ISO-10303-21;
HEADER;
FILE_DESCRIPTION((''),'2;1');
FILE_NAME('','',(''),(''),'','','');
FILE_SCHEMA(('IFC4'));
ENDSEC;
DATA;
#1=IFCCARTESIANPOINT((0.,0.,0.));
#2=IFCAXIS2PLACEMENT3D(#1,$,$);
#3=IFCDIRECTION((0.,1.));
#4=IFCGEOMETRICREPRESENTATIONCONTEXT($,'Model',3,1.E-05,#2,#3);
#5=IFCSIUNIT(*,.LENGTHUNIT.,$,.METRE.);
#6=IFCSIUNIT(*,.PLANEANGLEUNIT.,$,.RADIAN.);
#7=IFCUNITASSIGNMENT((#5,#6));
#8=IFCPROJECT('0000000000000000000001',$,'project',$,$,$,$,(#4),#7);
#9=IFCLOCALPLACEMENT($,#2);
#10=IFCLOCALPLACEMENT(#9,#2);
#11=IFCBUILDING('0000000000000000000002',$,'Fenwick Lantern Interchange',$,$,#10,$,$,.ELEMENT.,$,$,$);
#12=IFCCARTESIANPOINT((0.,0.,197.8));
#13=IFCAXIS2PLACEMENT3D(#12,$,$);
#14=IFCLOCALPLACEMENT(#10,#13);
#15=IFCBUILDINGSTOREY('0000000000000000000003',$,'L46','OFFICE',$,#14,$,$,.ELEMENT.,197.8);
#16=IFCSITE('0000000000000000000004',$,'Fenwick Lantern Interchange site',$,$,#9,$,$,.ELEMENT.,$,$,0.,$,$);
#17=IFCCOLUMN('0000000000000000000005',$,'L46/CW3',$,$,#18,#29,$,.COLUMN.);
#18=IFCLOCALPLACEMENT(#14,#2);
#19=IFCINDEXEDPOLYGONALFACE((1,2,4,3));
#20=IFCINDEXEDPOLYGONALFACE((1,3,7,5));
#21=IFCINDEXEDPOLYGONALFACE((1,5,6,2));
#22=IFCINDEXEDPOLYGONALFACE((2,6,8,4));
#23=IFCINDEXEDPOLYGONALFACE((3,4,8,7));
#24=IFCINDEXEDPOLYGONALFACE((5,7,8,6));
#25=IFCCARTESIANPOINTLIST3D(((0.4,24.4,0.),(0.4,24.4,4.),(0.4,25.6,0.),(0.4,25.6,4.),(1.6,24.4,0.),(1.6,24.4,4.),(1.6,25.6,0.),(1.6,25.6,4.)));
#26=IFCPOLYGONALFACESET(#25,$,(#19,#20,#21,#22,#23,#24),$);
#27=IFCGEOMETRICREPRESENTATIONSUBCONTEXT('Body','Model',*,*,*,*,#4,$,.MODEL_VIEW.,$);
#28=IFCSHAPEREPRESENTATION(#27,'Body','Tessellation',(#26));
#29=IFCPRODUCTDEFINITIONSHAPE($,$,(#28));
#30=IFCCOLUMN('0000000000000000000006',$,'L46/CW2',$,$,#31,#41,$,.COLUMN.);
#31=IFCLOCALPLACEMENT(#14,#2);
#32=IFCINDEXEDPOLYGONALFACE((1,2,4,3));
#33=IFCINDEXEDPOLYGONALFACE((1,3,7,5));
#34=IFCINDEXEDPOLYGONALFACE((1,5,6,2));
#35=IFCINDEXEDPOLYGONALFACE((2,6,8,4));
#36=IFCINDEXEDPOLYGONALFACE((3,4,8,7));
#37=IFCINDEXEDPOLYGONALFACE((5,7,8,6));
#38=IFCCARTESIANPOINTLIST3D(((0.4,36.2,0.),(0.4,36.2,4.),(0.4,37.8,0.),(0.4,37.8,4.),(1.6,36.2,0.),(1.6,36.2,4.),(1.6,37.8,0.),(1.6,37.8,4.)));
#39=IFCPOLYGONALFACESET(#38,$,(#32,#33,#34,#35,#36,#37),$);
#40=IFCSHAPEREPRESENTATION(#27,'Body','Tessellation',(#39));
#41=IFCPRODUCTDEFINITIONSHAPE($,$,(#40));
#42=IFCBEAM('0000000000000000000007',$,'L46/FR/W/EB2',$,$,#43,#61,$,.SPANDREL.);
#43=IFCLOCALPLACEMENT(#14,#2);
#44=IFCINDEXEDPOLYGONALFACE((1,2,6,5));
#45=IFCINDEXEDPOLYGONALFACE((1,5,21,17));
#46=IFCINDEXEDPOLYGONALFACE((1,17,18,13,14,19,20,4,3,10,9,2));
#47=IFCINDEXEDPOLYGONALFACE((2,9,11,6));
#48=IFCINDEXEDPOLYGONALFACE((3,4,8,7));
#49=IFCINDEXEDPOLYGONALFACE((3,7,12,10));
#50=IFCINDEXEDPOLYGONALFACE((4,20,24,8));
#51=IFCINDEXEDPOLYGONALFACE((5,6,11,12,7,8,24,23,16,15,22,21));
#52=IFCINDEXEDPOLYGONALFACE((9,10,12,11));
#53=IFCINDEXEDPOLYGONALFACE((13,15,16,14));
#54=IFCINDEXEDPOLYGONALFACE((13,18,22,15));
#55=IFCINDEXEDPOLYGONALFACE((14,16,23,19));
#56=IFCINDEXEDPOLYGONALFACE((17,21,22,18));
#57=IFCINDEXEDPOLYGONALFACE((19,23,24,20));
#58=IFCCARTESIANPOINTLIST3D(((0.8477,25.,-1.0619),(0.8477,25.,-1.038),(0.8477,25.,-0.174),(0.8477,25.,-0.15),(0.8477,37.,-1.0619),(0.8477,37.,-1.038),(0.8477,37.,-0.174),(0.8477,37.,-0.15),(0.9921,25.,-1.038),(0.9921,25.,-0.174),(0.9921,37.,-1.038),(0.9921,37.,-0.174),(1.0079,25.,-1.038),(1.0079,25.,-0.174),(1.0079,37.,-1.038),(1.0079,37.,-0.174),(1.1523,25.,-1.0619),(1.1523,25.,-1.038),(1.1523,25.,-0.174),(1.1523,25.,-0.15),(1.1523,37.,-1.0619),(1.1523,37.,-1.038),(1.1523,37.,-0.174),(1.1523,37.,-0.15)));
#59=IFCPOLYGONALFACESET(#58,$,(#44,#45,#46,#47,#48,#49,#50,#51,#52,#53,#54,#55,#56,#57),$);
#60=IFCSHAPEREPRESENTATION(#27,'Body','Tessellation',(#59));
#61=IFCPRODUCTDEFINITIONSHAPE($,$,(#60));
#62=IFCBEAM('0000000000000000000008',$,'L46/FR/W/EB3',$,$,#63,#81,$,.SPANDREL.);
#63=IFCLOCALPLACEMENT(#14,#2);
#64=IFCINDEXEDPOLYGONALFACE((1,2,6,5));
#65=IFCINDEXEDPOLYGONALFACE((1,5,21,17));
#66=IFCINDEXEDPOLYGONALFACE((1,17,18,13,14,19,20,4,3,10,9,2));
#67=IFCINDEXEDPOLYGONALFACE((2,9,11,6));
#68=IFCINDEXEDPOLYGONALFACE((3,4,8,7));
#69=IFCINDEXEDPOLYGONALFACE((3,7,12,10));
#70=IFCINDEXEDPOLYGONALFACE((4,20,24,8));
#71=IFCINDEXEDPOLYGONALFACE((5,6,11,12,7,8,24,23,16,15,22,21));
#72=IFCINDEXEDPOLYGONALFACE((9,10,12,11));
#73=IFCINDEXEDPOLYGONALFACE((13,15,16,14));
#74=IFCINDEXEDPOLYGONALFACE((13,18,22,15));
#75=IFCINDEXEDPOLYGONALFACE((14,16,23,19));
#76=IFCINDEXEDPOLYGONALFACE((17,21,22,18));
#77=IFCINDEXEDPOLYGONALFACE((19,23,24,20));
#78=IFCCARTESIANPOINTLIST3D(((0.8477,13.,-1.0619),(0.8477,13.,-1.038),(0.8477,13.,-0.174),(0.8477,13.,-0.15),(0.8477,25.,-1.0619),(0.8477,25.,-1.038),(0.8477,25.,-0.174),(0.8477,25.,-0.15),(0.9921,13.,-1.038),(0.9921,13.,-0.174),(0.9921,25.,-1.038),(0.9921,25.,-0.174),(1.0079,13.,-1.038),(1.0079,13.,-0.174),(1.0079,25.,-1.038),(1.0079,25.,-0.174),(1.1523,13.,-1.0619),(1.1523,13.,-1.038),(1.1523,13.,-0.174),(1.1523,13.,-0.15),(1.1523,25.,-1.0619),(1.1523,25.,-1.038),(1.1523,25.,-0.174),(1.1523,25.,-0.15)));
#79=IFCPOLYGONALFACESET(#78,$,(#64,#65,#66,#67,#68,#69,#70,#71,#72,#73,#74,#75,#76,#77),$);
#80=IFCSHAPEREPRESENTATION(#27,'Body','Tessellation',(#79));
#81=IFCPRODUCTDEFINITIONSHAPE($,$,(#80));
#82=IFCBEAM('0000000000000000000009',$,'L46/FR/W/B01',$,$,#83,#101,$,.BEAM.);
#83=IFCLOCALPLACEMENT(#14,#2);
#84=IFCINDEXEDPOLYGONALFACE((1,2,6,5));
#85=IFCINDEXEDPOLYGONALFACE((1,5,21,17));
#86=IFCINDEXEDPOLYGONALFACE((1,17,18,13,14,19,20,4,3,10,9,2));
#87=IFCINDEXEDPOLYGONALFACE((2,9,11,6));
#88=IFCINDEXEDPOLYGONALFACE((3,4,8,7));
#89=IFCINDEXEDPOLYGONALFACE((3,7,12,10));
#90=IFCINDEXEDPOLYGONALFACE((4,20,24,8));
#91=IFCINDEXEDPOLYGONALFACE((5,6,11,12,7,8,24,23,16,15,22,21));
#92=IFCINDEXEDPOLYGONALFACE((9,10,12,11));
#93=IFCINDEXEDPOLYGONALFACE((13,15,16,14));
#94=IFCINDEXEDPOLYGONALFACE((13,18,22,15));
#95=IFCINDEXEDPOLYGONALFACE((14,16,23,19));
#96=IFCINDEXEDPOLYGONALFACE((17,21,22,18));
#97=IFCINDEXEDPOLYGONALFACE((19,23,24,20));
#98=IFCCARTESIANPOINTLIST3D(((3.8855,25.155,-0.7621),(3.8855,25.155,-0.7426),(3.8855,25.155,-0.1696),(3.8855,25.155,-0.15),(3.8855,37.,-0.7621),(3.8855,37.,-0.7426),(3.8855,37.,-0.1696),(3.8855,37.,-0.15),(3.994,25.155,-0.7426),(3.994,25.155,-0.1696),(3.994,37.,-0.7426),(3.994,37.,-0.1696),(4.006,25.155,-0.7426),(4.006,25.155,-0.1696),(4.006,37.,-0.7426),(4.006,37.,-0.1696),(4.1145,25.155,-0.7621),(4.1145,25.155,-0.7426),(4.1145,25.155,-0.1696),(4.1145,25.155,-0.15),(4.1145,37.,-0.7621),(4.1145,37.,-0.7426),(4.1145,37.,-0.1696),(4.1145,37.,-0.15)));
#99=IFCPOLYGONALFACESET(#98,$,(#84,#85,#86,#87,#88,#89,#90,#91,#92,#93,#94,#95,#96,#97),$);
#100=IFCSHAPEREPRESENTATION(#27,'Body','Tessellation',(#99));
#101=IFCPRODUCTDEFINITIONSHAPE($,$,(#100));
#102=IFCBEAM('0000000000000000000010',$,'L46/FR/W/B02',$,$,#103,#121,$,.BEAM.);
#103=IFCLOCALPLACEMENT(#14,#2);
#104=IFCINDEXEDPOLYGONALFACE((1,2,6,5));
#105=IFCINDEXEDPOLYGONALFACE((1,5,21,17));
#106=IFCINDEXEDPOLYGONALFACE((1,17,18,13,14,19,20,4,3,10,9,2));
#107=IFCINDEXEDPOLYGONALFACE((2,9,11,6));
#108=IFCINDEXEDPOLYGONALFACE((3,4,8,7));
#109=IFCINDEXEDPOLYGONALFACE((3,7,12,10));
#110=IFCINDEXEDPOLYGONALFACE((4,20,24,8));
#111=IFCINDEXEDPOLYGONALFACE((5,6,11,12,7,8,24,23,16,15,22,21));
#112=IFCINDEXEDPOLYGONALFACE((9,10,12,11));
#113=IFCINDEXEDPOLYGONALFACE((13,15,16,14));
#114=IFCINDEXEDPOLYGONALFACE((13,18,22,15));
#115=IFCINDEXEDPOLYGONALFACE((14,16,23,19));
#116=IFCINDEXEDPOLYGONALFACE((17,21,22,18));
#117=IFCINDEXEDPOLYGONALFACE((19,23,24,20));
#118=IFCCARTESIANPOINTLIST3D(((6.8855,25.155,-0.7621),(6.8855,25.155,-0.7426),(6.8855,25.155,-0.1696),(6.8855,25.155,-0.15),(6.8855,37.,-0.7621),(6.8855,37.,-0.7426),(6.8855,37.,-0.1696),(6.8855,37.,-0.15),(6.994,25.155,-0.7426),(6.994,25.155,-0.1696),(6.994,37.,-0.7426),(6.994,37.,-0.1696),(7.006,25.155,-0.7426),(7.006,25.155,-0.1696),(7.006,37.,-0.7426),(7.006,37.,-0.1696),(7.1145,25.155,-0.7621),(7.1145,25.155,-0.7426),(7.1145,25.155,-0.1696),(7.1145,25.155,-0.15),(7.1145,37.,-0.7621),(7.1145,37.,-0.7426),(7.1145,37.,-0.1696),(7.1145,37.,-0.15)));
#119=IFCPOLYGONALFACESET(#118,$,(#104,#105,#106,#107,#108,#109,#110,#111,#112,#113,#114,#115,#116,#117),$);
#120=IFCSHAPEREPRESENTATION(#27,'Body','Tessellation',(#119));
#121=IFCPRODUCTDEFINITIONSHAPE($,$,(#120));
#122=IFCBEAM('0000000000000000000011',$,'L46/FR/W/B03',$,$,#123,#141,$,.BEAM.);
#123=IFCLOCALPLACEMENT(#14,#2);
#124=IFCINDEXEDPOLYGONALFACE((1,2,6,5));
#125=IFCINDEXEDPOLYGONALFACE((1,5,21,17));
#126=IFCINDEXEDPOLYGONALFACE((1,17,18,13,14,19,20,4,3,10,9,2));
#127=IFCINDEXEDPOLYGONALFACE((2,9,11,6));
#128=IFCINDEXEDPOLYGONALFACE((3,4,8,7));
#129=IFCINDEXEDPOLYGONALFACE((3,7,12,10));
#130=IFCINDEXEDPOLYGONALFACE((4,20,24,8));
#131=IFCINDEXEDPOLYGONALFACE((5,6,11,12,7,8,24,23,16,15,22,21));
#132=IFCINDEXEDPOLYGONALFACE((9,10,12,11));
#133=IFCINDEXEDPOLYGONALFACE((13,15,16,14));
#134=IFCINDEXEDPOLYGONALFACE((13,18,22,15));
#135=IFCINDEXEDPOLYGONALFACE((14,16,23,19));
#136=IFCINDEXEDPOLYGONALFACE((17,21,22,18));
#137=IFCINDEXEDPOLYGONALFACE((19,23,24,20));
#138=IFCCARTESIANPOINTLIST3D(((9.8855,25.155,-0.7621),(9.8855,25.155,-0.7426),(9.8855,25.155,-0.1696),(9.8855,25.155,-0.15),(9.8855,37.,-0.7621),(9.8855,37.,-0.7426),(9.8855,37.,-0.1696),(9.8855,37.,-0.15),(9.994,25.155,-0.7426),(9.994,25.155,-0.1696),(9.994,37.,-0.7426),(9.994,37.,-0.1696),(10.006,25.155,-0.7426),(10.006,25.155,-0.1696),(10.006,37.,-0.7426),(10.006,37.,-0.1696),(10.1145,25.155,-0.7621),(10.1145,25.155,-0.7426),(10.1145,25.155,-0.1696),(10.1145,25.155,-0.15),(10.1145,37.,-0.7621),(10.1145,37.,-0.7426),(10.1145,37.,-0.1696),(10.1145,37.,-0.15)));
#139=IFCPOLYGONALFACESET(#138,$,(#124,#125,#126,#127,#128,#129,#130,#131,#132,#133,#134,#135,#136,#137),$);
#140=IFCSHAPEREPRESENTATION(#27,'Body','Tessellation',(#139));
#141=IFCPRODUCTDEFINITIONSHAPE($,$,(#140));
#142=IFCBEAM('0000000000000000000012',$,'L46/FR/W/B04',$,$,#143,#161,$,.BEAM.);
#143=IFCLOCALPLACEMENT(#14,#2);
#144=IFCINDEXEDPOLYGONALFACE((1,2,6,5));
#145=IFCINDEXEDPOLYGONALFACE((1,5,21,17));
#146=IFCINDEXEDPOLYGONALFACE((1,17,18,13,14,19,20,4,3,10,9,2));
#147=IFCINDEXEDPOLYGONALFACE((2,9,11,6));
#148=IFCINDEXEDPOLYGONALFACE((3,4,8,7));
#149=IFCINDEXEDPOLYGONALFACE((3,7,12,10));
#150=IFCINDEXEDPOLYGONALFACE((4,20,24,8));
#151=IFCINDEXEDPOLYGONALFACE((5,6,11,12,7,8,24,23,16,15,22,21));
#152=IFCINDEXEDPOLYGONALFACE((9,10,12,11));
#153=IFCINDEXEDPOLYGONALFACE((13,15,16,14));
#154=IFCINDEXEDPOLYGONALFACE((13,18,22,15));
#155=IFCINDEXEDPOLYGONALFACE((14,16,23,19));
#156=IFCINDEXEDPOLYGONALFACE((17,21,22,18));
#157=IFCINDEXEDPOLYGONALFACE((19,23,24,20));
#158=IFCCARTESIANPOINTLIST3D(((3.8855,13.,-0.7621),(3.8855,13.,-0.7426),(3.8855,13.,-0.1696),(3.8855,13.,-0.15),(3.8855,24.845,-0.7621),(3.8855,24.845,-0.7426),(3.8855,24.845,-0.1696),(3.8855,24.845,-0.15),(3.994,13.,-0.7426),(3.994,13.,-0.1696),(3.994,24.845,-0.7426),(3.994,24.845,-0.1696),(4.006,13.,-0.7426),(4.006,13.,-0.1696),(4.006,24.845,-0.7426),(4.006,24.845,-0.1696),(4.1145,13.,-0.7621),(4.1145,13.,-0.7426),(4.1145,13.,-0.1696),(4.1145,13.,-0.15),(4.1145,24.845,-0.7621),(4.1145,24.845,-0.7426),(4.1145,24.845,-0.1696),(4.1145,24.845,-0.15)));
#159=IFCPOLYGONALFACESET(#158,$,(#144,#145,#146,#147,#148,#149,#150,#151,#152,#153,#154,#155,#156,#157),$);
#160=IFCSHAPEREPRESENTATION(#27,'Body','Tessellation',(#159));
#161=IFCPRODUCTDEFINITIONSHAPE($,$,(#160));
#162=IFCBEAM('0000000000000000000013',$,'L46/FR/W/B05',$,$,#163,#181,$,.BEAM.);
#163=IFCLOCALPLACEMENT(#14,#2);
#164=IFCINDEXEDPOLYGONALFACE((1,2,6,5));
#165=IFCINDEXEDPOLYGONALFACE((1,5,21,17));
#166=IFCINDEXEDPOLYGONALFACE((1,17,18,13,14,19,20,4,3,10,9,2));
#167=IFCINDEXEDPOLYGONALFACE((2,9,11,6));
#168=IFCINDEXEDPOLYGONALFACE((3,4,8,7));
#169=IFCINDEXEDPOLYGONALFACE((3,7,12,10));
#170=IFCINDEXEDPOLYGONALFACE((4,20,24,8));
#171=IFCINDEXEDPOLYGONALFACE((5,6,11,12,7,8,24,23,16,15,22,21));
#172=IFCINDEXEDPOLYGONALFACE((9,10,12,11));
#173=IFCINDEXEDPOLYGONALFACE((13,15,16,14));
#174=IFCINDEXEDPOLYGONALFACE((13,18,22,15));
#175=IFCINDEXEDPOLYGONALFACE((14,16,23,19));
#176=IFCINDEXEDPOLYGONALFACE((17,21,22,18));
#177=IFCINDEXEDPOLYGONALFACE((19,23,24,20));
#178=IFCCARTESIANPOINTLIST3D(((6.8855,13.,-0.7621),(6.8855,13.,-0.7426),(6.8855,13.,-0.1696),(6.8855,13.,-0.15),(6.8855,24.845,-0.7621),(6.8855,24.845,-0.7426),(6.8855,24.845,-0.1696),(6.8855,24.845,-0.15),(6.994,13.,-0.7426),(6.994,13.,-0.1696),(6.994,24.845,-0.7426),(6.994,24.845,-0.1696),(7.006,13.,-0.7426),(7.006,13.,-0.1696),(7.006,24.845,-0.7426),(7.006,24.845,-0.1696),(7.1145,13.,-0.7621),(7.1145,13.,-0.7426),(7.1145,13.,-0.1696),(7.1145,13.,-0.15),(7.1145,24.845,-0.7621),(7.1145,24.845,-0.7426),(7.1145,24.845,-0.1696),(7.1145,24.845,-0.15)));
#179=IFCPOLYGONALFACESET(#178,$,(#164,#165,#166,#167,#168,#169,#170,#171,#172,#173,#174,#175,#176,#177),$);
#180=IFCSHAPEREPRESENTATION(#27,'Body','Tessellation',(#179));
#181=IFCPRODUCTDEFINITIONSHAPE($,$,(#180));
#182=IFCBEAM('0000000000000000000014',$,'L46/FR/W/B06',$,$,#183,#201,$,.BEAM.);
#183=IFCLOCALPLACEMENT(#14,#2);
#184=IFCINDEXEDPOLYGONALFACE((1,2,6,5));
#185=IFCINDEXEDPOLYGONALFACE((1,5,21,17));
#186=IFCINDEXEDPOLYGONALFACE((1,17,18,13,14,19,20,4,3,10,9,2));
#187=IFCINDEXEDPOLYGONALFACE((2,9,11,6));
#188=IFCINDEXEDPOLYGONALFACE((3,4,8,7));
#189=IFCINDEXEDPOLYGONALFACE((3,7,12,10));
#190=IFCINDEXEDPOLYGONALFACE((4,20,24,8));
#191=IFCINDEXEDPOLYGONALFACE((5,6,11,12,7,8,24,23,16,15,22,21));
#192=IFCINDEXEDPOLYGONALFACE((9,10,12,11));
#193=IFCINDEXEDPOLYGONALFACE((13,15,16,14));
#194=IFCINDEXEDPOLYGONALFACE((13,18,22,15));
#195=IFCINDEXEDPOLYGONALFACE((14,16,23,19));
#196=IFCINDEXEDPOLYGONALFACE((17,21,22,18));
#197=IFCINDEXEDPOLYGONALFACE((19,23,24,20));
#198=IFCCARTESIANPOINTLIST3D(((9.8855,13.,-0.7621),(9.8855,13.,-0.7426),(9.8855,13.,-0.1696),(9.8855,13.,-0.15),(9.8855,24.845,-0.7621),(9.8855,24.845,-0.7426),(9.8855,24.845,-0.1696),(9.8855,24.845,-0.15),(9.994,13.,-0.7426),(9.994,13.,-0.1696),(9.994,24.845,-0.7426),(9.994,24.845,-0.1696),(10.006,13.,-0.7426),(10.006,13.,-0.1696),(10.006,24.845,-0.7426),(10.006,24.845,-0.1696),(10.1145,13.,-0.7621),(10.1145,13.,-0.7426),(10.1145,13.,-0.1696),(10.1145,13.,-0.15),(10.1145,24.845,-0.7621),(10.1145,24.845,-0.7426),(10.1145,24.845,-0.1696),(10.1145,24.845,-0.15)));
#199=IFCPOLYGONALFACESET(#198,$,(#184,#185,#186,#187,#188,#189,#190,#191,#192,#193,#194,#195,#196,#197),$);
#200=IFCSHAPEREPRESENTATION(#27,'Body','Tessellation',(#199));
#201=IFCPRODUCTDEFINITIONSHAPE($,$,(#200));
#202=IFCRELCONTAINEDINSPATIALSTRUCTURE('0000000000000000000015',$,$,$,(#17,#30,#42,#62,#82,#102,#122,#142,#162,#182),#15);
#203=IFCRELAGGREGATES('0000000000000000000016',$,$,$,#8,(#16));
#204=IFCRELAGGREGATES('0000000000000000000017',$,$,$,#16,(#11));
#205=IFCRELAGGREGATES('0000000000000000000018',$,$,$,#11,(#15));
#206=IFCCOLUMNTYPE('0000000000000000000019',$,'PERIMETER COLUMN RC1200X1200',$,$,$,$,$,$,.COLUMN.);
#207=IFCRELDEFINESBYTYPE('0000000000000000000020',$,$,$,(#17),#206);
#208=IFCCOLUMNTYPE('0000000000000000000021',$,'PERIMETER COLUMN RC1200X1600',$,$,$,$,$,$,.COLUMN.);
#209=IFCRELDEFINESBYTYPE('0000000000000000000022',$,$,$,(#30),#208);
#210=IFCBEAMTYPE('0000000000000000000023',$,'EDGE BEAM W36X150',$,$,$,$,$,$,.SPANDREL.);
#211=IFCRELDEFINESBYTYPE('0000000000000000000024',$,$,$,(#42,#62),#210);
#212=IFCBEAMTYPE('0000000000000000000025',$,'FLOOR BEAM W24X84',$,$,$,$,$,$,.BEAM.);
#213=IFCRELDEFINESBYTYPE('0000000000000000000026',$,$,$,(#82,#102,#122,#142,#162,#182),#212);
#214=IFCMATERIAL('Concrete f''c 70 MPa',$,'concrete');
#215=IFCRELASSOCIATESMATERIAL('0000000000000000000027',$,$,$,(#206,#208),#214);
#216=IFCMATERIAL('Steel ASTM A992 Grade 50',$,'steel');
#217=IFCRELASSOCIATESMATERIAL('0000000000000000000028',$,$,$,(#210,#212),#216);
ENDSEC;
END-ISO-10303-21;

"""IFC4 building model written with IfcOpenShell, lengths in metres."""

from ifc_helpers import new_model, si_unit, direction, frame, origin, origin_2d, place, context, subcontext, project, spatial, rectangle, i_section, extrude, material, material_profile, profile_set, type_object, element, save


model = new_model("IFC4")

# Units and contexts
model_context = context("Model", 3, precision=1e-05, world=origin(), true_north=direction((0.0, 1.0)))
body_context = subcontext(model_context, "Body", "Model", "MODEL_VIEW")
ifc_project = project(units=[si_unit("LENGTHUNIT", "METRE"), si_unit("PLANEANGLEUNIT", "RADIAN")], contexts=[model_context])

# Site, building, storey
site_placement = place(None, origin())
site = spatial("IfcSite", under=ifc_project, at=site_placement, Name="Fenwick Lantern Interchange site", CompositionType="ELEMENT", RefElevation=0.0)
building_placement = place(site_placement, origin())
building = spatial("IfcBuilding", under=site, at=building_placement, Name="Fenwick Lantern Interchange", CompositionType="ELEMENT")
storey_placement = place(building_placement, frame((0.0, 0.0, 197.8)))
storey = spatial("IfcBuildingStorey", under=building, at=storey_placement, Name="L46", Description="OFFICE", CompositionType="ELEMENT", Elevation=197.8)

# Columns
ifc_material_1 = material(Name="Concrete f'c 70 MPa", Category="concrete")
ifc_material_profile_1 = material_profile(ifc_material_1, rectangle(XDim=1.2, YDim=1.2, at=origin_2d()), Name="RC1200X1200")
ifc_profile_set_1 = profile_set([ifc_material_profile_1], Name="Concrete f'c 70 MPa")
column_type_1 = type_object("IfcColumnType", Name="PERIMETER COLUMN RC1200X1200", PredefinedType="COLUMN", material=ifc_profile_set_1)
column_1_placement = place(storey_placement, frame((1.0, 25.0, 0.0), z_axis=(0.0, 0.0, 1.0), x_axis=(1.0, 0.0, 0.0)))
element("IfcColumn", 1, at=column_1_placement, inside=storey, type_object=column_type_1, Name="L46/CW3", PredefinedType="COLUMN", context=body_context, shape_type="SweptSolid", body=[
    extrude(rectangle(XDim=1.2, YDim=1.2, at=origin_2d()), origin(), (0.0, 0.0, 1.0), 4.0),
])
ifc_material_profile_2 = material_profile(ifc_material_1, rectangle(XDim=1.2, YDim=1.6001, at=origin_2d()), Name="RC1200X1600")
ifc_profile_set_2 = profile_set([ifc_material_profile_2], Name="Concrete f'c 70 MPa")
column_type_2 = type_object("IfcColumnType", Name="PERIMETER COLUMN RC1200X1600", PredefinedType="COLUMN", material=ifc_profile_set_2)
column_2_placement = place(storey_placement, frame((1.0, 37.0, 0.0), z_axis=(0.0, 0.0, 1.0), x_axis=(1.0, 0.0, 0.0)))
element("IfcColumn", 2, at=column_2_placement, inside=storey, type_object=column_type_2, Name="L46/CW2", PredefinedType="COLUMN", context=body_context, shape_type="SweptSolid", body=[
    extrude(rectangle(XDim=1.2, YDim=1.6001, at=origin_2d()), origin(), (0.0, 0.0, 1.0), 4.0),
])

# Beams
ifc_material_2 = material(Name="Steel ASTM A992 Grade 50", Category="steel")
ifc_material_profile_3 = material_profile(ifc_material_2, i_section(OverallWidth=0.3047, OverallDepth=0.9119, WebThickness=0.0159, FlangeThickness=0.0239, at=origin_2d()), Name="W36X150")
ifc_profile_set_3 = profile_set([ifc_material_profile_3], Name="Steel ASTM A992 Grade 50")
beam_type_1 = type_object("IfcBeamType", Name="EDGE BEAM W36X150", PredefinedType="SPANDREL", material=ifc_profile_set_3)
for number, where, z_axis, x_axis, name in (
    (3, (1.0, 37.0, -0.606), (0.0, -1.0, 0.0), (1.0, 0.0, 0.0), "L46/FR/W/EB2"),
    (4, (1.0, 25.0, -0.606), (0.0, -1.0, 0.0), (1.0, 0.0, 0.0), "L46/FR/W/EB3"),
):
    element("IfcBeam", number, at=place(storey_placement, frame(where, z_axis=z_axis, x_axis=x_axis)), inside=storey, type_object=beam_type_1, Name=name, PredefinedType="SPANDREL", context=body_context, shape_type="SweptSolid", body=[
        extrude(i_section(OverallWidth=0.3047, OverallDepth=0.9119, WebThickness=0.0159, FlangeThickness=0.0239, at=origin_2d()), origin(), (0.0, 0.0, 1.0), 12.0),
    ])
ifc_material_profile_4 = material_profile(ifc_material_2, i_section(OverallWidth=0.229, OverallDepth=0.6121, WebThickness=0.012, FlangeThickness=0.0195, at=origin_2d()), Name="W24X84")
ifc_profile_set_4 = profile_set([ifc_material_profile_4], Name="Steel ASTM A992 Grade 50")
beam_type_2 = type_object("IfcBeamType", Name="FLOOR BEAM W24X84", PredefinedType="BEAM", material=ifc_profile_set_4)
for number, where, z_axis, x_axis, name in (
    (5, (4.0, 37.0, -0.4561), (0.0, -1.0, 0.0), (1.0, 0.0, 0.0), "L46/FR/W/B01"),
    (6, (7.0, 37.0, -0.4561), (0.0, -1.0, 0.0), (1.0, 0.0, 0.0), "L46/FR/W/B02"),
    (7, (10.0, 37.0, -0.4561), (0.0, -1.0, 0.0), (1.0, 0.0, 0.0), "L46/FR/W/B03"),
    (8, (4.0, 24.845, -0.4561), (0.0, -1.0, 0.0), (1.0, 0.0, 0.0), "L46/FR/W/B04"),
    (9, (7.0, 24.845, -0.4561), (0.0, -1.0, 0.0), (1.0, 0.0, 0.0), "L46/FR/W/B05"),
    (10, (10.0, 24.845, -0.4561), (0.0, -1.0, 0.0), (1.0, 0.0, 0.0), "L46/FR/W/B06"),
):
    element("IfcBeam", number, at=place(storey_placement, frame(where, z_axis=z_axis, x_axis=x_axis)), inside=storey, type_object=beam_type_2, Name=name, PredefinedType="BEAM", context=body_context, shape_type="SweptSolid", body=[
        extrude(i_section(OverallWidth=0.229, OverallDepth=0.6121, WebThickness=0.012, FlangeThickness=0.0195, at=origin_2d()), origin(), (0.0, 0.0, 1.0), 11.845),
    ])

save(model, "model.ifc")
